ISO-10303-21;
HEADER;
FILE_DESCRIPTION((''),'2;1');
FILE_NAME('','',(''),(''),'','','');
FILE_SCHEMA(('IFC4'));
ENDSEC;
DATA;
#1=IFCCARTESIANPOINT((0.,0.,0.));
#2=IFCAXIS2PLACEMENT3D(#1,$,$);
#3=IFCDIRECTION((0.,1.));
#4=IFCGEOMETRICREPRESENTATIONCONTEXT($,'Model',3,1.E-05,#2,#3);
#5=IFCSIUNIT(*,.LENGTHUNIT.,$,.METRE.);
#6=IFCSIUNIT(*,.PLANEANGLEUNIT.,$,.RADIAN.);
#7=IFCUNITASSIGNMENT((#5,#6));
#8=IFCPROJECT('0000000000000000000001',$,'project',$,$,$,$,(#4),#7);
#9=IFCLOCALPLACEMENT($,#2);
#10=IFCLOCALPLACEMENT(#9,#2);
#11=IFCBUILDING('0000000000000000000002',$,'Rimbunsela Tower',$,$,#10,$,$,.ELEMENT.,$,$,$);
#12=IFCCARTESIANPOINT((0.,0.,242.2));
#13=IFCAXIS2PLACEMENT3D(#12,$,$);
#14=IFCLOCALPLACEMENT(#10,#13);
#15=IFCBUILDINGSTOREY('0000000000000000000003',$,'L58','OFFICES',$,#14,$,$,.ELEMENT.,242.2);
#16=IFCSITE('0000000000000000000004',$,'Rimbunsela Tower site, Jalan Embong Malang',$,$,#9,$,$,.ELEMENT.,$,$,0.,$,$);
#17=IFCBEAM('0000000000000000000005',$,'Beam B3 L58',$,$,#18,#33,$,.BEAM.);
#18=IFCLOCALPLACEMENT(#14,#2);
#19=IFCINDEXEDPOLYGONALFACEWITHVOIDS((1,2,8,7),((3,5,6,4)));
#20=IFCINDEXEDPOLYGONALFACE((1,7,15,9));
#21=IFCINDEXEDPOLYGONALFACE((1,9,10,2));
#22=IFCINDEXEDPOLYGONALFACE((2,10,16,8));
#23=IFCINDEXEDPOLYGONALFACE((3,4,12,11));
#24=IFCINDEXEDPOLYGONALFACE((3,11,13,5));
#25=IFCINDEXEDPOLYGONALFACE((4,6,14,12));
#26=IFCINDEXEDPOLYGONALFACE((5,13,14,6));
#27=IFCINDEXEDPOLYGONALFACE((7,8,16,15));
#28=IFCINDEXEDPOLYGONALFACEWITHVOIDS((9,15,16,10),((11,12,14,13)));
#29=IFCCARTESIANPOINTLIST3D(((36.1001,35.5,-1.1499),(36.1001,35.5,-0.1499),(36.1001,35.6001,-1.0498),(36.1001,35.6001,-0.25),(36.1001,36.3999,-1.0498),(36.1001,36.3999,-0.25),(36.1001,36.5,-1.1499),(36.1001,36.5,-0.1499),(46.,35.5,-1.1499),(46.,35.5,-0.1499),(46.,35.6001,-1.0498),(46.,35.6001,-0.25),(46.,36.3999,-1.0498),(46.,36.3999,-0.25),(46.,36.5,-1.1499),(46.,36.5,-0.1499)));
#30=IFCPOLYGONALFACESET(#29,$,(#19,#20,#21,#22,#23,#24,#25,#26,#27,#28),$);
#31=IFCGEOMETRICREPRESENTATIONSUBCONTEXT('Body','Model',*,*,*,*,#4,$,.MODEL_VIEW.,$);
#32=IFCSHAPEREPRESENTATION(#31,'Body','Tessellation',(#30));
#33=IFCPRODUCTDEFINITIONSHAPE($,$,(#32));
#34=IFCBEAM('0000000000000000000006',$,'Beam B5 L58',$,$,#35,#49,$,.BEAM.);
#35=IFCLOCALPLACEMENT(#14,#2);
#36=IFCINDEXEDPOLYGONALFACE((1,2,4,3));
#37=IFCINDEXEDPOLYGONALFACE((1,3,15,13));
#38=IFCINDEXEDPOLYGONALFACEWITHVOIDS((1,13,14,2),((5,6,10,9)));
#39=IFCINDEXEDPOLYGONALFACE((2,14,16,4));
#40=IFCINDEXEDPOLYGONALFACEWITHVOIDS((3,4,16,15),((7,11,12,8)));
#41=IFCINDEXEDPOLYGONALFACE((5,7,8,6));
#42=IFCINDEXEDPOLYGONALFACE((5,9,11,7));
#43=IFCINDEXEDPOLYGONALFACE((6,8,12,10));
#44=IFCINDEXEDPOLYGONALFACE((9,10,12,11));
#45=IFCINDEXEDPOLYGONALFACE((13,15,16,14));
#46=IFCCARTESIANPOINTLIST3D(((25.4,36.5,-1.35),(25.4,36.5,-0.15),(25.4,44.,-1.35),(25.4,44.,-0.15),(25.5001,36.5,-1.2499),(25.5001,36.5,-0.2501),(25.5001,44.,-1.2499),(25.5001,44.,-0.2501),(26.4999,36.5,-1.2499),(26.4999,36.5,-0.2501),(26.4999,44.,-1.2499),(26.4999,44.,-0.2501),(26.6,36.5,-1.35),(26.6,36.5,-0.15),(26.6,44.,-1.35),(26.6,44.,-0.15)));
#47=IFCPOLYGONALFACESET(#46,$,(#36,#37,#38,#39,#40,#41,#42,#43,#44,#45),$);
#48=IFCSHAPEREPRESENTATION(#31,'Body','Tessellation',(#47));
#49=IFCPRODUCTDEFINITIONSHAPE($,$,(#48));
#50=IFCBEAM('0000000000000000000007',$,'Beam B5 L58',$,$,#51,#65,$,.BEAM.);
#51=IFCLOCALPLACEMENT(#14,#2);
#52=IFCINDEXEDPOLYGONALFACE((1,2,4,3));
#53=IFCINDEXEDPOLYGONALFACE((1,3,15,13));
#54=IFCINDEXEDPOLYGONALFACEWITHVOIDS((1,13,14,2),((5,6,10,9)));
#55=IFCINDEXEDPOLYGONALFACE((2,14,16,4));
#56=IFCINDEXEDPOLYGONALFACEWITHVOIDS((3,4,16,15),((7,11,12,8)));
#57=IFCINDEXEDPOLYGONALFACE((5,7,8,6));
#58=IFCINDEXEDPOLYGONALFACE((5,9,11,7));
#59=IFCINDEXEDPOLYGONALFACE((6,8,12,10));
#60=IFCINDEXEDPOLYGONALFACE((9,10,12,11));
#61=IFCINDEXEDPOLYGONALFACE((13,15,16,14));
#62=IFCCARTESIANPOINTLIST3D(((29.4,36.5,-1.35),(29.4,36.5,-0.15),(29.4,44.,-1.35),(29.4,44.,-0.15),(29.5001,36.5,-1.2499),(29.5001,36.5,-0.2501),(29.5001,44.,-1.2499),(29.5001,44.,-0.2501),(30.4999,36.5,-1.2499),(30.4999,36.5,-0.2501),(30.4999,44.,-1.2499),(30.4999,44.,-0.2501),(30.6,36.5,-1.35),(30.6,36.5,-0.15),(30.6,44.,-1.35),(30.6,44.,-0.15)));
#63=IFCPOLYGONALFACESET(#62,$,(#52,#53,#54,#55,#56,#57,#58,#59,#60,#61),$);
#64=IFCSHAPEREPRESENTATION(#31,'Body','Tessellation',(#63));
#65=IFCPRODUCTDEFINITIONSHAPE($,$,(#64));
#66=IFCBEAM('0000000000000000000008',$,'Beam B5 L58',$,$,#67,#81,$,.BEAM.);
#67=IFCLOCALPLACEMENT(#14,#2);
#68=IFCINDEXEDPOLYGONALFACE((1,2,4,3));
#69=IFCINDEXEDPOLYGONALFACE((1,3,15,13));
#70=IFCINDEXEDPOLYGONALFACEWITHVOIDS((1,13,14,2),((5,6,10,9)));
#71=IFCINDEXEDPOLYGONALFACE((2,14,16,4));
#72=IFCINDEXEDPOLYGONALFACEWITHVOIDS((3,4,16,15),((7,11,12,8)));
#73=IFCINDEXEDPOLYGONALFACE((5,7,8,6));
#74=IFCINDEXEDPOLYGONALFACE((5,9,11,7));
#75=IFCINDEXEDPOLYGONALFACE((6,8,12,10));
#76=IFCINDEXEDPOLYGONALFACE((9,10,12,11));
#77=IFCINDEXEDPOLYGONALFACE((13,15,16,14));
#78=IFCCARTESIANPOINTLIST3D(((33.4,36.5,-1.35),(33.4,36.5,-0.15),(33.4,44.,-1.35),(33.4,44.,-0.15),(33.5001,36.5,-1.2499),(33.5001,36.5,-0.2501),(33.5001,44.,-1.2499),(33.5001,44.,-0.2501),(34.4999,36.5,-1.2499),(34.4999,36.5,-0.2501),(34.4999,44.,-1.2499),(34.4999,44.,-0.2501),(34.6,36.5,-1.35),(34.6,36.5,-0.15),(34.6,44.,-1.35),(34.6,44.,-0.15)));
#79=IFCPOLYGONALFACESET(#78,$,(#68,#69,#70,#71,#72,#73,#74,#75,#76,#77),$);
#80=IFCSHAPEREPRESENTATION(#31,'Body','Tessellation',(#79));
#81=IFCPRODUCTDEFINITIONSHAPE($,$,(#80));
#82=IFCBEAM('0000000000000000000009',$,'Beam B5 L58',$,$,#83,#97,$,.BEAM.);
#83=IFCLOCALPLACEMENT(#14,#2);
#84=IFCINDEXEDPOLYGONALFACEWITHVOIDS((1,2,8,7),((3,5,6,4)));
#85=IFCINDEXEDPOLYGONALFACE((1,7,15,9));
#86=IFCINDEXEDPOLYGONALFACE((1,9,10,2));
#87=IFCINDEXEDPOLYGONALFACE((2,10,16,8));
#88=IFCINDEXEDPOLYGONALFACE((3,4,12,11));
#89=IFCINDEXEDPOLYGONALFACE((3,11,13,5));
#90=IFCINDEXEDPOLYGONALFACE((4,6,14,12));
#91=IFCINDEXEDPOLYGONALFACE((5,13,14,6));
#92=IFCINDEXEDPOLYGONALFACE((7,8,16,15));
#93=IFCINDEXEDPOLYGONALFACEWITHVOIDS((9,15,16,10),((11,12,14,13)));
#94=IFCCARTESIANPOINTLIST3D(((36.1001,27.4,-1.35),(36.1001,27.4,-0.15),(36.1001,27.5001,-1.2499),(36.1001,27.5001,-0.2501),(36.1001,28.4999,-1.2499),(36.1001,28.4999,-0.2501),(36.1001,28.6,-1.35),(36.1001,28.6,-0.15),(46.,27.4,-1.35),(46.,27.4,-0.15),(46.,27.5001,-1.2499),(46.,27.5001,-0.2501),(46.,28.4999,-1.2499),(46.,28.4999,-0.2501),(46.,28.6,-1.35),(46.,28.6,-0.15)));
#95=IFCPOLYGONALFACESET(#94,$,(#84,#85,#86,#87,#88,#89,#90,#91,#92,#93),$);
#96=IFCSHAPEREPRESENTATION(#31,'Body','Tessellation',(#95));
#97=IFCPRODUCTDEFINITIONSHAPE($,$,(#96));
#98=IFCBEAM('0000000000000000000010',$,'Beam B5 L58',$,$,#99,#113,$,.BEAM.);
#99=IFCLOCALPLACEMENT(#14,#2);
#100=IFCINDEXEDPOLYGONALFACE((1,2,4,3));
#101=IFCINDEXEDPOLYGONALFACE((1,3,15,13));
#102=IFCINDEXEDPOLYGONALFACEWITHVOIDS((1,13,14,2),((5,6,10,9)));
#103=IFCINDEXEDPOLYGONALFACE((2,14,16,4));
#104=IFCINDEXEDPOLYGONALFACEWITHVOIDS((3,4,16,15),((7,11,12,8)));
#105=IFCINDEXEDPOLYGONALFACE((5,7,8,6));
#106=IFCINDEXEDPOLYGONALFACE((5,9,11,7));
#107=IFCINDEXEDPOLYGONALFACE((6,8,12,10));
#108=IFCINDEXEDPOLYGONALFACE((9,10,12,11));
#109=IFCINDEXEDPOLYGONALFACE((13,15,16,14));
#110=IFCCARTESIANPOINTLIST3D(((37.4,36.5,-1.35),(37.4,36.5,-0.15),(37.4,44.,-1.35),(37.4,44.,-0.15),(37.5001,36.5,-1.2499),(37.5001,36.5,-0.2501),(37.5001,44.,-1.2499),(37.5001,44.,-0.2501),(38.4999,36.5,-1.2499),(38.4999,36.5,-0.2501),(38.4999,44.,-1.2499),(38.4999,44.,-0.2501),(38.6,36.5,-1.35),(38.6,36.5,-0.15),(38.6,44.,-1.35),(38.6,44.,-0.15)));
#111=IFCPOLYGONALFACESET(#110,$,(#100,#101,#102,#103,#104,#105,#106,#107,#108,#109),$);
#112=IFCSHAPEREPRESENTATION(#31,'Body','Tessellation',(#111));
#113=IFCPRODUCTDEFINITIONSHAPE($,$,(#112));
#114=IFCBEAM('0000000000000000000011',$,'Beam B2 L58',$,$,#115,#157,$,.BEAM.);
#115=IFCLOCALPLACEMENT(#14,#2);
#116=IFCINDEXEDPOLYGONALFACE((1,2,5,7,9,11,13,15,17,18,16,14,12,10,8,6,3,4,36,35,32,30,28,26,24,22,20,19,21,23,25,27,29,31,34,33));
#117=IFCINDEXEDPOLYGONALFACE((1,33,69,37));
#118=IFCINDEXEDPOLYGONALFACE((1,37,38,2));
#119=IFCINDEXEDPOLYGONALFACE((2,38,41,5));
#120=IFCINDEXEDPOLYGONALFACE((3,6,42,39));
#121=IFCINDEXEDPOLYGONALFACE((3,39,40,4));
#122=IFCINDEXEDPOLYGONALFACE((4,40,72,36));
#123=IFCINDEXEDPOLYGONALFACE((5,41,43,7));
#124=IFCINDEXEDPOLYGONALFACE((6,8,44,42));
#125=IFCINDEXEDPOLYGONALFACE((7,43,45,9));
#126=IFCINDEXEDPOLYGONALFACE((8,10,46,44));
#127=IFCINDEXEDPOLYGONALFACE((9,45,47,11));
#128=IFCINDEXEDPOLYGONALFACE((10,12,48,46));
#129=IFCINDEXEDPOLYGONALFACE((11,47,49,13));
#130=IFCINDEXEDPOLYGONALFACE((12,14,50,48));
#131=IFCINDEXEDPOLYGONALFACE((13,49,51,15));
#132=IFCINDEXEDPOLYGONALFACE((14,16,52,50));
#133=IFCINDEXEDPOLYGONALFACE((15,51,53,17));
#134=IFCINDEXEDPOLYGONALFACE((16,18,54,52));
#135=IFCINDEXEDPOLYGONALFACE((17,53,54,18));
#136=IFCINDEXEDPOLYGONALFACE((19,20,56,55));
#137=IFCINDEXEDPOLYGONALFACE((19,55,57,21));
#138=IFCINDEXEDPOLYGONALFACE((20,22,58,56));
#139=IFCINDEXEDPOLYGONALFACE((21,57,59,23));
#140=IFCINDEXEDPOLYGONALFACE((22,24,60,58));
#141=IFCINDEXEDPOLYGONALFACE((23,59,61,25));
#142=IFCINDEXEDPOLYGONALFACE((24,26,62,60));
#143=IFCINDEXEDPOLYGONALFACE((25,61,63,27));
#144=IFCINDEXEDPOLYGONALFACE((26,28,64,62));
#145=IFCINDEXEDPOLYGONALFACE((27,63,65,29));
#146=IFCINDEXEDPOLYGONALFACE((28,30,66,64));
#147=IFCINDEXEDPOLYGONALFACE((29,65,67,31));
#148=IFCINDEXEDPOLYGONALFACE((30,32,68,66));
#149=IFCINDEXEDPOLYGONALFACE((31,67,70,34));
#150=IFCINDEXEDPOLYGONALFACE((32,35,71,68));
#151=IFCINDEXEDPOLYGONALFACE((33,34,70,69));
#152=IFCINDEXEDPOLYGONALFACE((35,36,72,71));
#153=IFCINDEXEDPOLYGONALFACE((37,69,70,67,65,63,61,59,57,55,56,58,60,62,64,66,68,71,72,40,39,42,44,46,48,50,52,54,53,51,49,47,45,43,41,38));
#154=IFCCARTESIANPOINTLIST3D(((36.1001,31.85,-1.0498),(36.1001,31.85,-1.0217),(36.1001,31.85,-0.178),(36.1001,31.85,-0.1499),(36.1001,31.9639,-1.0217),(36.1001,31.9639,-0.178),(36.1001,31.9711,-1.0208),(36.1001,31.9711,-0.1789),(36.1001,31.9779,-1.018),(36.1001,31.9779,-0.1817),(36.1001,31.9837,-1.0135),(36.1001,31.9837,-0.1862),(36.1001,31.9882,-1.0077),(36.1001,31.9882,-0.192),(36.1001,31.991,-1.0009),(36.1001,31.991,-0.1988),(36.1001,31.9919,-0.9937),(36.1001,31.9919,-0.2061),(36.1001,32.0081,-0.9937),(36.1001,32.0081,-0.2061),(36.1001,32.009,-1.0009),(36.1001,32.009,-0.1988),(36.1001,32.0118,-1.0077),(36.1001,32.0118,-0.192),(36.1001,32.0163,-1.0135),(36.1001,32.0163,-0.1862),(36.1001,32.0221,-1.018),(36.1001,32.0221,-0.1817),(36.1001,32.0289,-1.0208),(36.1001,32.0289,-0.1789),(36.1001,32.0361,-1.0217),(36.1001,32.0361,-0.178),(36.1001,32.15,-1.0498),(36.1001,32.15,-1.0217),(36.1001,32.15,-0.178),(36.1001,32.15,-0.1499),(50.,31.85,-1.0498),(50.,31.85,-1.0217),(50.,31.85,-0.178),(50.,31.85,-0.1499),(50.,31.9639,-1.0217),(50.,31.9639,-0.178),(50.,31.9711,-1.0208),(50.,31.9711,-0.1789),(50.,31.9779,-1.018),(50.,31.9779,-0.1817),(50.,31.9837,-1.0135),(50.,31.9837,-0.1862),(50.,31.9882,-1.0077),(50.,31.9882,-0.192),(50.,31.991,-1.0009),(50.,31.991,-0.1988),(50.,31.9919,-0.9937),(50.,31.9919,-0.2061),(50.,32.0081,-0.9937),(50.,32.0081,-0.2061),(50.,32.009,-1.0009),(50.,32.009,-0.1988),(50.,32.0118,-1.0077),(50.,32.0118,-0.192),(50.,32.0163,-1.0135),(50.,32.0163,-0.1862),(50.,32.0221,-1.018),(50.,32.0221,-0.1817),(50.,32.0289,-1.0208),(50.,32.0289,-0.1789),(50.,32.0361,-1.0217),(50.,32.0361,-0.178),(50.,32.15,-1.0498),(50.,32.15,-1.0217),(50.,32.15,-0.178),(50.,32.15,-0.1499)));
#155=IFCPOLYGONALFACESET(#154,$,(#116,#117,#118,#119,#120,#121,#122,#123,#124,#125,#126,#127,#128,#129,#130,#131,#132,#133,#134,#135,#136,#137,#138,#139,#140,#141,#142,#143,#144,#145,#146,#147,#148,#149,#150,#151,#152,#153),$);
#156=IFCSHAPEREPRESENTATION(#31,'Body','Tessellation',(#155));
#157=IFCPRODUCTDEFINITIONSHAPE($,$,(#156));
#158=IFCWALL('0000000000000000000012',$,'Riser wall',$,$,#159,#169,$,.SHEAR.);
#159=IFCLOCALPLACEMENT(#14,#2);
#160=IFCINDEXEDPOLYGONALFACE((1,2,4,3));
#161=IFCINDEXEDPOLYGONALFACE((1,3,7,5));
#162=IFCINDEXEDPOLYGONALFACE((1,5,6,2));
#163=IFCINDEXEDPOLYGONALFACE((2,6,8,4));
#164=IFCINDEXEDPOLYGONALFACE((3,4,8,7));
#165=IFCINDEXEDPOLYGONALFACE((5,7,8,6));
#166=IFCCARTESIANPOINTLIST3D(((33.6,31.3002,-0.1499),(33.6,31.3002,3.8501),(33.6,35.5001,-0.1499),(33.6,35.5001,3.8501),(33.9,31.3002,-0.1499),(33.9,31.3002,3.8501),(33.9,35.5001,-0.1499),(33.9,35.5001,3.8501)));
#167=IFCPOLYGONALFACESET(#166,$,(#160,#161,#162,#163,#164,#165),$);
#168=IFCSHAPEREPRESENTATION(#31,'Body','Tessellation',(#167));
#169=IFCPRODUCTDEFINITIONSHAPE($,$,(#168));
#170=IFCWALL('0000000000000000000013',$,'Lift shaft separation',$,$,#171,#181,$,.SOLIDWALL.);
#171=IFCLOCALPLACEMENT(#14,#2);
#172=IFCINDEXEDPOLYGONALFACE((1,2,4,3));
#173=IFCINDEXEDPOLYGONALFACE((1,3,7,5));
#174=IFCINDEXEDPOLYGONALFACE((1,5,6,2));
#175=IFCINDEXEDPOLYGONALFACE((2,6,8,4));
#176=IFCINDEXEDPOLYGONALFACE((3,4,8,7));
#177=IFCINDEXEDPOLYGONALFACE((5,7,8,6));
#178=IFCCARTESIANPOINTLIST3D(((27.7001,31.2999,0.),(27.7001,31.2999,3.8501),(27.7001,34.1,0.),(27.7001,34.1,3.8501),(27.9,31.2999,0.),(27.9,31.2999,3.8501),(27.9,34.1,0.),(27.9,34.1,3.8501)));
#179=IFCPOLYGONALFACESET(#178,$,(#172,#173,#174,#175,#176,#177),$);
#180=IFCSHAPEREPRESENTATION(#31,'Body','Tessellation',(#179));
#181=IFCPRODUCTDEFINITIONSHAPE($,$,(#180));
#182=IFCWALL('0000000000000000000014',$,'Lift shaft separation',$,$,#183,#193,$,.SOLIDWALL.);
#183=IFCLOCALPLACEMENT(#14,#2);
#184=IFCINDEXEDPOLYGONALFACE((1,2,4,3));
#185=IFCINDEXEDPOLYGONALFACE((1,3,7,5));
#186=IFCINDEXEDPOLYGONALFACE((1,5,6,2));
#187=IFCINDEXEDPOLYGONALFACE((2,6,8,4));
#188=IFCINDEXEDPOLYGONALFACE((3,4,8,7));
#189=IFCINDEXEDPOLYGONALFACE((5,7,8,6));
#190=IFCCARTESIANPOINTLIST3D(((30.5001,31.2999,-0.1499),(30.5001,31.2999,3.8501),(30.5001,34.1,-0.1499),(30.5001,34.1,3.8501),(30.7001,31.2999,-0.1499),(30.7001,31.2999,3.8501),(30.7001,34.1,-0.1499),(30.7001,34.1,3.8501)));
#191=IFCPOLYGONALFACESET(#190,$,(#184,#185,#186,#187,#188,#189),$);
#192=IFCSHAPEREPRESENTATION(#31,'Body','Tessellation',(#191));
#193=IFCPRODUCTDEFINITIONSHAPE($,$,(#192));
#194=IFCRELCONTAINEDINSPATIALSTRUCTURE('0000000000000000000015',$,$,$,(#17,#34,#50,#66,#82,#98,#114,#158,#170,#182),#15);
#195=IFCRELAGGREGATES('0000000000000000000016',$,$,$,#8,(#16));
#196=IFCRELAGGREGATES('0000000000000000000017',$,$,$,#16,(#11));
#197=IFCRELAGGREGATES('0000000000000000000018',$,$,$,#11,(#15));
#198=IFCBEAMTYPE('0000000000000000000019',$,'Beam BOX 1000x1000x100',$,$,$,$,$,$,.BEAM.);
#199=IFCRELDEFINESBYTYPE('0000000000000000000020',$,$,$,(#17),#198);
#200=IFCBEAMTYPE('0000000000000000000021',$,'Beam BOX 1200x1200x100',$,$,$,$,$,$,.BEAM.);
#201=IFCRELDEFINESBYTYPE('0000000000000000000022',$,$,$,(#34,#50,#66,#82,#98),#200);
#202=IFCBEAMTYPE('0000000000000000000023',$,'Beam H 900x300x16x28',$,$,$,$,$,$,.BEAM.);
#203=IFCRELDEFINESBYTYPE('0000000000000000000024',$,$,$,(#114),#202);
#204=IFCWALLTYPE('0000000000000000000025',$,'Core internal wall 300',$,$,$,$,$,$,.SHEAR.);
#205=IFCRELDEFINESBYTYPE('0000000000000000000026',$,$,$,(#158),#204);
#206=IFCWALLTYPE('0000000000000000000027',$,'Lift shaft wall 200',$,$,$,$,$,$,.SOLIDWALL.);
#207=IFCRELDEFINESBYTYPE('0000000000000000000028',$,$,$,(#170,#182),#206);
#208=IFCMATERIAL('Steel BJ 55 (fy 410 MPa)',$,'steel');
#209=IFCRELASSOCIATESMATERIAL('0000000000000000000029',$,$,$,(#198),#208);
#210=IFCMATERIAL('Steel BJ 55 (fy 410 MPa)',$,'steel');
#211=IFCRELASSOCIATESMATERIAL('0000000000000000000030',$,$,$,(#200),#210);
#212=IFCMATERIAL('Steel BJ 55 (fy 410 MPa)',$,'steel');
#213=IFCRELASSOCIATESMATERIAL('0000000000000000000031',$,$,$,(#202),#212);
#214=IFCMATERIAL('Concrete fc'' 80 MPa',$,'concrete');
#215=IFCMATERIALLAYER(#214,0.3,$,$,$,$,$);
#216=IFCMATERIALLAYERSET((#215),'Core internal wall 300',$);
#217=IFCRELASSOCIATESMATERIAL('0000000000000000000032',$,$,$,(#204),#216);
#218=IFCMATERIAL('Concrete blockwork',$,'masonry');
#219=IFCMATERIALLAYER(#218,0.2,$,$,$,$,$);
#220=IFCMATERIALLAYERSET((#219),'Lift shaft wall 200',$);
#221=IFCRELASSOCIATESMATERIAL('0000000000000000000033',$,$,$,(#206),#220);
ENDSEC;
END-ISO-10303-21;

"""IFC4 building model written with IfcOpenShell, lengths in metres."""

from ifc_helpers import new_model, si_unit, direction, frame, frame_2d, origin, origin_2d, place, context, subcontext, project, spatial, rectangle, hollow_rectangle, i_section, extrude, material, layer, layer_set, material_profile, profile_set, type_object, element, save


model = new_model("IFC4")

# Units and contexts
model_context = context("Model", 3, precision=1e-05, world=origin(), true_north=direction((0.0, 1.0)))
body_context = subcontext(model_context, "Body", "Model", "MODEL_VIEW")
ifc_project = project(units=[si_unit("LENGTHUNIT", "METRE"), si_unit("PLANEANGLEUNIT", "RADIAN")], contexts=[model_context])

# Site, building, storey
site_placement = place(None, origin())
site = spatial("IfcSite", under=ifc_project, at=site_placement, Name="Rimbunsela Tower site, Jalan Embong Malang", CompositionType="ELEMENT", RefElevation=0.0)
building_placement = place(site_placement, origin())
building = spatial("IfcBuilding", under=site, at=building_placement, Name="Rimbunsela Tower", CompositionType="ELEMENT")
storey_placement = place(building_placement, frame((0.0, 0.0, 242.2)))
storey = spatial("IfcBuildingStorey", under=building, at=storey_placement, Name="L58", Description="OFFICES", CompositionType="ELEMENT", Elevation=242.2)

# Beams
ifc_material_1 = material(Name="Steel BJ 55 (fy 410 MPa)", Category="steel")
ifc_material_profile_1 = material_profile(ifc_material_1, hollow_rectangle(XDim=1.0, YDim=1.0, WallThickness=0.1001, at=origin_2d()), Name="BOX 1000x1000x100")
ifc_profile_set_1 = profile_set([ifc_material_profile_1], Name="Steel BJ 55 (fy 410 MPa)")
beam_type_1 = type_object("IfcBeamType", Name="Beam BOX 1000x1000x100", PredefinedType="BEAM", material=ifc_profile_set_1)
beam_1_placement = place(storey_placement, frame((36.1001, 36.0, -0.6499), z_axis=(1.0, 0.0, 0.0), x_axis=(0.0, 1.0, 0.0)))
element("IfcBeam", 1, at=beam_1_placement, inside=storey, type_object=beam_type_1, Name="Beam B3 L58", PredefinedType="BEAM", context=body_context, shape_type="SweptSolid", body=[
    extrude(hollow_rectangle(XDim=1.0, YDim=1.0, WallThickness=0.1001, at=origin_2d()), origin(), (0.0, 0.0, 1.0), 9.8999),
])
ifc_material_2 = material(Name="Steel BJ 55 (fy 410 MPa)", Category="steel")
ifc_material_profile_2 = material_profile(ifc_material_2, hollow_rectangle(XDim=1.2, YDim=1.2, WallThickness=0.1001, at=origin_2d()), Name="BOX 1200x1200x100")
ifc_profile_set_2 = profile_set([ifc_material_profile_2], Name="Steel BJ 55 (fy 410 MPa)")
beam_type_2 = type_object("IfcBeamType", Name="Beam BOX 1200x1200x100", PredefinedType="BEAM", material=ifc_profile_set_2)
for number, where, z_axis, x_axis, name in (
    (2, (26.0, 36.5, -0.75), (0.0, 1.0, 0.0), (-1.0, 0.0, 0.0), "Beam B5 L58"),
    (3, (30.0, 36.5, -0.75), (0.0, 1.0, 0.0), (-1.0, 0.0, 0.0), "Beam B5 L58"),
    (4, (34.0, 36.5, -0.75), (0.0, 1.0, 0.0), (-1.0, 0.0, 0.0), "Beam B5 L58"),
):
    element("IfcBeam", number, at=place(storey_placement, frame(where, z_axis=z_axis, x_axis=x_axis)), inside=storey, type_object=beam_type_2, Name=name, PredefinedType="BEAM", context=body_context, shape_type="SweptSolid", body=[
        extrude(hollow_rectangle(XDim=1.2, YDim=1.2, WallThickness=0.1001, at=origin_2d()), origin(), (0.0, 0.0, 1.0), 7.5),
    ])
beam_2_placement = place(storey_placement, frame((36.1001, 28.0, -0.75), z_axis=(1.0, 0.0, 0.0), x_axis=(0.0, 1.0, 0.0)))
element("IfcBeam", 5, at=beam_2_placement, inside=storey, type_object=beam_type_2, Name="Beam B5 L58", PredefinedType="BEAM", context=body_context, shape_type="SweptSolid", body=[
    extrude(hollow_rectangle(XDim=1.2, YDim=1.2, WallThickness=0.1001, at=origin_2d()), origin(), (0.0, 0.0, 1.0), 9.8999),
])
beam_3_placement = place(storey_placement, frame((38.0, 36.5, -0.75), z_axis=(0.0, 1.0, 0.0), x_axis=(-1.0, 0.0, 0.0)))
element("IfcBeam", 6, at=beam_3_placement, inside=storey, type_object=beam_type_2, Name="Beam B5 L58", PredefinedType="BEAM", context=body_context, shape_type="SweptSolid", body=[
    extrude(hollow_rectangle(XDim=1.2, YDim=1.2, WallThickness=0.1001, at=origin_2d()), origin(), (0.0, 0.0, 1.0), 7.5),
])
ifc_material_3 = material(Name="Steel BJ 55 (fy 410 MPa)", Category="steel")
ifc_material_profile_3 = material_profile(ifc_material_3, i_section(OverallWidth=0.3, OverallDepth=0.8999, WebThickness=0.0161, FlangeThickness=0.0281, FilletRadius=0.0281, at=origin_2d()), Name="H 900x300x16x28")
ifc_profile_set_3 = profile_set([ifc_material_profile_3], Name="Steel BJ 55 (fy 410 MPa)")
beam_type_3 = type_object("IfcBeamType", Name="Beam H 900x300x16x28", PredefinedType="BEAM", material=ifc_profile_set_3)
beam_4_placement = place(storey_placement, frame((36.1001, 32.0, -0.5999), z_axis=(1.0, 0.0, 0.0), x_axis=(0.0, 1.0, 0.0)))
element("IfcBeam", 7, at=beam_4_placement, inside=storey, type_object=beam_type_3, Name="Beam B2 L58", PredefinedType="BEAM", context=body_context, shape_type="SweptSolid", body=[
    extrude(i_section(OverallWidth=0.3, OverallDepth=0.8999, WebThickness=0.0161, FlangeThickness=0.0281, FilletRadius=0.0281, at=origin_2d()), origin(), (0.0, 0.0, 1.0), 13.8999),
])

# Walls
ifc_material_4 = material(Name="Concrete fc' 80 MPa", Category="concrete")
ifc_layer_1 = layer(ifc_material_4, 0.3)
ifc_layer_set_1 = layer_set([ifc_layer_1], Name="Core internal wall 300")
wall_type_1 = type_object("IfcWallType", Name="Core internal wall 300", PredefinedType="SHEAR", material=ifc_layer_set_1)
wall_1_placement = place(storey_placement, frame((33.75, 31.3, -0.1499), z_axis=(0.0, 0.0, 1.0), x_axis=(0.0, 1.0, 0.0)))
element("IfcWall", 8, at=wall_1_placement, inside=storey, type_object=wall_type_1, Name="Riser wall", PredefinedType="SHEAR", context=body_context, shape_type="SweptSolid", body=[
    extrude(rectangle(XDim=4.2, YDim=0.3, at=frame_2d((2.1001, 0.0))), origin(), (0.0, 0.0, 1.0), 4.0),
])
ifc_material_5 = material(Name="Concrete blockwork", Category="masonry")
ifc_layer_2 = layer(ifc_material_5, 0.2)
ifc_layer_set_2 = layer_set([ifc_layer_2], Name="Lift shaft wall 200")
wall_type_2 = type_object("IfcWallType", Name="Lift shaft wall 200", PredefinedType="SOLIDWALL", material=ifc_layer_set_2)
wall_2_placement = place(storey_placement, frame((27.8, 31.3, 0.0), z_axis=(0.0, 0.0, 1.0), x_axis=(0.0, 1.0, 0.0)))
element("IfcWall", 9, at=wall_2_placement, inside=storey, type_object=wall_type_2, Name="Lift shaft separation", PredefinedType="SOLIDWALL", context=body_context, shape_type="SweptSolid", body=[
    extrude(rectangle(XDim=2.8, YDim=0.2, at=frame_2d((1.3999, 0.0))), origin(), (0.0, 0.0, 1.0), 3.8501),
])
wall_3_placement = place(storey_placement, frame((30.6001, 31.3, -0.1499), z_axis=(0.0, 0.0, 1.0), x_axis=(0.0, 1.0, 0.0)))
element("IfcWall", 10, at=wall_3_placement, inside=storey, type_object=wall_type_2, Name="Lift shaft separation", PredefinedType="SOLIDWALL", context=body_context, shape_type="SweptSolid", body=[
    extrude(rectangle(XDim=2.8, YDim=0.2, at=frame_2d((1.3999, 0.0))), origin(), (0.0, 0.0, 1.0), 4.0),
])

save(model, "model.ifc")
